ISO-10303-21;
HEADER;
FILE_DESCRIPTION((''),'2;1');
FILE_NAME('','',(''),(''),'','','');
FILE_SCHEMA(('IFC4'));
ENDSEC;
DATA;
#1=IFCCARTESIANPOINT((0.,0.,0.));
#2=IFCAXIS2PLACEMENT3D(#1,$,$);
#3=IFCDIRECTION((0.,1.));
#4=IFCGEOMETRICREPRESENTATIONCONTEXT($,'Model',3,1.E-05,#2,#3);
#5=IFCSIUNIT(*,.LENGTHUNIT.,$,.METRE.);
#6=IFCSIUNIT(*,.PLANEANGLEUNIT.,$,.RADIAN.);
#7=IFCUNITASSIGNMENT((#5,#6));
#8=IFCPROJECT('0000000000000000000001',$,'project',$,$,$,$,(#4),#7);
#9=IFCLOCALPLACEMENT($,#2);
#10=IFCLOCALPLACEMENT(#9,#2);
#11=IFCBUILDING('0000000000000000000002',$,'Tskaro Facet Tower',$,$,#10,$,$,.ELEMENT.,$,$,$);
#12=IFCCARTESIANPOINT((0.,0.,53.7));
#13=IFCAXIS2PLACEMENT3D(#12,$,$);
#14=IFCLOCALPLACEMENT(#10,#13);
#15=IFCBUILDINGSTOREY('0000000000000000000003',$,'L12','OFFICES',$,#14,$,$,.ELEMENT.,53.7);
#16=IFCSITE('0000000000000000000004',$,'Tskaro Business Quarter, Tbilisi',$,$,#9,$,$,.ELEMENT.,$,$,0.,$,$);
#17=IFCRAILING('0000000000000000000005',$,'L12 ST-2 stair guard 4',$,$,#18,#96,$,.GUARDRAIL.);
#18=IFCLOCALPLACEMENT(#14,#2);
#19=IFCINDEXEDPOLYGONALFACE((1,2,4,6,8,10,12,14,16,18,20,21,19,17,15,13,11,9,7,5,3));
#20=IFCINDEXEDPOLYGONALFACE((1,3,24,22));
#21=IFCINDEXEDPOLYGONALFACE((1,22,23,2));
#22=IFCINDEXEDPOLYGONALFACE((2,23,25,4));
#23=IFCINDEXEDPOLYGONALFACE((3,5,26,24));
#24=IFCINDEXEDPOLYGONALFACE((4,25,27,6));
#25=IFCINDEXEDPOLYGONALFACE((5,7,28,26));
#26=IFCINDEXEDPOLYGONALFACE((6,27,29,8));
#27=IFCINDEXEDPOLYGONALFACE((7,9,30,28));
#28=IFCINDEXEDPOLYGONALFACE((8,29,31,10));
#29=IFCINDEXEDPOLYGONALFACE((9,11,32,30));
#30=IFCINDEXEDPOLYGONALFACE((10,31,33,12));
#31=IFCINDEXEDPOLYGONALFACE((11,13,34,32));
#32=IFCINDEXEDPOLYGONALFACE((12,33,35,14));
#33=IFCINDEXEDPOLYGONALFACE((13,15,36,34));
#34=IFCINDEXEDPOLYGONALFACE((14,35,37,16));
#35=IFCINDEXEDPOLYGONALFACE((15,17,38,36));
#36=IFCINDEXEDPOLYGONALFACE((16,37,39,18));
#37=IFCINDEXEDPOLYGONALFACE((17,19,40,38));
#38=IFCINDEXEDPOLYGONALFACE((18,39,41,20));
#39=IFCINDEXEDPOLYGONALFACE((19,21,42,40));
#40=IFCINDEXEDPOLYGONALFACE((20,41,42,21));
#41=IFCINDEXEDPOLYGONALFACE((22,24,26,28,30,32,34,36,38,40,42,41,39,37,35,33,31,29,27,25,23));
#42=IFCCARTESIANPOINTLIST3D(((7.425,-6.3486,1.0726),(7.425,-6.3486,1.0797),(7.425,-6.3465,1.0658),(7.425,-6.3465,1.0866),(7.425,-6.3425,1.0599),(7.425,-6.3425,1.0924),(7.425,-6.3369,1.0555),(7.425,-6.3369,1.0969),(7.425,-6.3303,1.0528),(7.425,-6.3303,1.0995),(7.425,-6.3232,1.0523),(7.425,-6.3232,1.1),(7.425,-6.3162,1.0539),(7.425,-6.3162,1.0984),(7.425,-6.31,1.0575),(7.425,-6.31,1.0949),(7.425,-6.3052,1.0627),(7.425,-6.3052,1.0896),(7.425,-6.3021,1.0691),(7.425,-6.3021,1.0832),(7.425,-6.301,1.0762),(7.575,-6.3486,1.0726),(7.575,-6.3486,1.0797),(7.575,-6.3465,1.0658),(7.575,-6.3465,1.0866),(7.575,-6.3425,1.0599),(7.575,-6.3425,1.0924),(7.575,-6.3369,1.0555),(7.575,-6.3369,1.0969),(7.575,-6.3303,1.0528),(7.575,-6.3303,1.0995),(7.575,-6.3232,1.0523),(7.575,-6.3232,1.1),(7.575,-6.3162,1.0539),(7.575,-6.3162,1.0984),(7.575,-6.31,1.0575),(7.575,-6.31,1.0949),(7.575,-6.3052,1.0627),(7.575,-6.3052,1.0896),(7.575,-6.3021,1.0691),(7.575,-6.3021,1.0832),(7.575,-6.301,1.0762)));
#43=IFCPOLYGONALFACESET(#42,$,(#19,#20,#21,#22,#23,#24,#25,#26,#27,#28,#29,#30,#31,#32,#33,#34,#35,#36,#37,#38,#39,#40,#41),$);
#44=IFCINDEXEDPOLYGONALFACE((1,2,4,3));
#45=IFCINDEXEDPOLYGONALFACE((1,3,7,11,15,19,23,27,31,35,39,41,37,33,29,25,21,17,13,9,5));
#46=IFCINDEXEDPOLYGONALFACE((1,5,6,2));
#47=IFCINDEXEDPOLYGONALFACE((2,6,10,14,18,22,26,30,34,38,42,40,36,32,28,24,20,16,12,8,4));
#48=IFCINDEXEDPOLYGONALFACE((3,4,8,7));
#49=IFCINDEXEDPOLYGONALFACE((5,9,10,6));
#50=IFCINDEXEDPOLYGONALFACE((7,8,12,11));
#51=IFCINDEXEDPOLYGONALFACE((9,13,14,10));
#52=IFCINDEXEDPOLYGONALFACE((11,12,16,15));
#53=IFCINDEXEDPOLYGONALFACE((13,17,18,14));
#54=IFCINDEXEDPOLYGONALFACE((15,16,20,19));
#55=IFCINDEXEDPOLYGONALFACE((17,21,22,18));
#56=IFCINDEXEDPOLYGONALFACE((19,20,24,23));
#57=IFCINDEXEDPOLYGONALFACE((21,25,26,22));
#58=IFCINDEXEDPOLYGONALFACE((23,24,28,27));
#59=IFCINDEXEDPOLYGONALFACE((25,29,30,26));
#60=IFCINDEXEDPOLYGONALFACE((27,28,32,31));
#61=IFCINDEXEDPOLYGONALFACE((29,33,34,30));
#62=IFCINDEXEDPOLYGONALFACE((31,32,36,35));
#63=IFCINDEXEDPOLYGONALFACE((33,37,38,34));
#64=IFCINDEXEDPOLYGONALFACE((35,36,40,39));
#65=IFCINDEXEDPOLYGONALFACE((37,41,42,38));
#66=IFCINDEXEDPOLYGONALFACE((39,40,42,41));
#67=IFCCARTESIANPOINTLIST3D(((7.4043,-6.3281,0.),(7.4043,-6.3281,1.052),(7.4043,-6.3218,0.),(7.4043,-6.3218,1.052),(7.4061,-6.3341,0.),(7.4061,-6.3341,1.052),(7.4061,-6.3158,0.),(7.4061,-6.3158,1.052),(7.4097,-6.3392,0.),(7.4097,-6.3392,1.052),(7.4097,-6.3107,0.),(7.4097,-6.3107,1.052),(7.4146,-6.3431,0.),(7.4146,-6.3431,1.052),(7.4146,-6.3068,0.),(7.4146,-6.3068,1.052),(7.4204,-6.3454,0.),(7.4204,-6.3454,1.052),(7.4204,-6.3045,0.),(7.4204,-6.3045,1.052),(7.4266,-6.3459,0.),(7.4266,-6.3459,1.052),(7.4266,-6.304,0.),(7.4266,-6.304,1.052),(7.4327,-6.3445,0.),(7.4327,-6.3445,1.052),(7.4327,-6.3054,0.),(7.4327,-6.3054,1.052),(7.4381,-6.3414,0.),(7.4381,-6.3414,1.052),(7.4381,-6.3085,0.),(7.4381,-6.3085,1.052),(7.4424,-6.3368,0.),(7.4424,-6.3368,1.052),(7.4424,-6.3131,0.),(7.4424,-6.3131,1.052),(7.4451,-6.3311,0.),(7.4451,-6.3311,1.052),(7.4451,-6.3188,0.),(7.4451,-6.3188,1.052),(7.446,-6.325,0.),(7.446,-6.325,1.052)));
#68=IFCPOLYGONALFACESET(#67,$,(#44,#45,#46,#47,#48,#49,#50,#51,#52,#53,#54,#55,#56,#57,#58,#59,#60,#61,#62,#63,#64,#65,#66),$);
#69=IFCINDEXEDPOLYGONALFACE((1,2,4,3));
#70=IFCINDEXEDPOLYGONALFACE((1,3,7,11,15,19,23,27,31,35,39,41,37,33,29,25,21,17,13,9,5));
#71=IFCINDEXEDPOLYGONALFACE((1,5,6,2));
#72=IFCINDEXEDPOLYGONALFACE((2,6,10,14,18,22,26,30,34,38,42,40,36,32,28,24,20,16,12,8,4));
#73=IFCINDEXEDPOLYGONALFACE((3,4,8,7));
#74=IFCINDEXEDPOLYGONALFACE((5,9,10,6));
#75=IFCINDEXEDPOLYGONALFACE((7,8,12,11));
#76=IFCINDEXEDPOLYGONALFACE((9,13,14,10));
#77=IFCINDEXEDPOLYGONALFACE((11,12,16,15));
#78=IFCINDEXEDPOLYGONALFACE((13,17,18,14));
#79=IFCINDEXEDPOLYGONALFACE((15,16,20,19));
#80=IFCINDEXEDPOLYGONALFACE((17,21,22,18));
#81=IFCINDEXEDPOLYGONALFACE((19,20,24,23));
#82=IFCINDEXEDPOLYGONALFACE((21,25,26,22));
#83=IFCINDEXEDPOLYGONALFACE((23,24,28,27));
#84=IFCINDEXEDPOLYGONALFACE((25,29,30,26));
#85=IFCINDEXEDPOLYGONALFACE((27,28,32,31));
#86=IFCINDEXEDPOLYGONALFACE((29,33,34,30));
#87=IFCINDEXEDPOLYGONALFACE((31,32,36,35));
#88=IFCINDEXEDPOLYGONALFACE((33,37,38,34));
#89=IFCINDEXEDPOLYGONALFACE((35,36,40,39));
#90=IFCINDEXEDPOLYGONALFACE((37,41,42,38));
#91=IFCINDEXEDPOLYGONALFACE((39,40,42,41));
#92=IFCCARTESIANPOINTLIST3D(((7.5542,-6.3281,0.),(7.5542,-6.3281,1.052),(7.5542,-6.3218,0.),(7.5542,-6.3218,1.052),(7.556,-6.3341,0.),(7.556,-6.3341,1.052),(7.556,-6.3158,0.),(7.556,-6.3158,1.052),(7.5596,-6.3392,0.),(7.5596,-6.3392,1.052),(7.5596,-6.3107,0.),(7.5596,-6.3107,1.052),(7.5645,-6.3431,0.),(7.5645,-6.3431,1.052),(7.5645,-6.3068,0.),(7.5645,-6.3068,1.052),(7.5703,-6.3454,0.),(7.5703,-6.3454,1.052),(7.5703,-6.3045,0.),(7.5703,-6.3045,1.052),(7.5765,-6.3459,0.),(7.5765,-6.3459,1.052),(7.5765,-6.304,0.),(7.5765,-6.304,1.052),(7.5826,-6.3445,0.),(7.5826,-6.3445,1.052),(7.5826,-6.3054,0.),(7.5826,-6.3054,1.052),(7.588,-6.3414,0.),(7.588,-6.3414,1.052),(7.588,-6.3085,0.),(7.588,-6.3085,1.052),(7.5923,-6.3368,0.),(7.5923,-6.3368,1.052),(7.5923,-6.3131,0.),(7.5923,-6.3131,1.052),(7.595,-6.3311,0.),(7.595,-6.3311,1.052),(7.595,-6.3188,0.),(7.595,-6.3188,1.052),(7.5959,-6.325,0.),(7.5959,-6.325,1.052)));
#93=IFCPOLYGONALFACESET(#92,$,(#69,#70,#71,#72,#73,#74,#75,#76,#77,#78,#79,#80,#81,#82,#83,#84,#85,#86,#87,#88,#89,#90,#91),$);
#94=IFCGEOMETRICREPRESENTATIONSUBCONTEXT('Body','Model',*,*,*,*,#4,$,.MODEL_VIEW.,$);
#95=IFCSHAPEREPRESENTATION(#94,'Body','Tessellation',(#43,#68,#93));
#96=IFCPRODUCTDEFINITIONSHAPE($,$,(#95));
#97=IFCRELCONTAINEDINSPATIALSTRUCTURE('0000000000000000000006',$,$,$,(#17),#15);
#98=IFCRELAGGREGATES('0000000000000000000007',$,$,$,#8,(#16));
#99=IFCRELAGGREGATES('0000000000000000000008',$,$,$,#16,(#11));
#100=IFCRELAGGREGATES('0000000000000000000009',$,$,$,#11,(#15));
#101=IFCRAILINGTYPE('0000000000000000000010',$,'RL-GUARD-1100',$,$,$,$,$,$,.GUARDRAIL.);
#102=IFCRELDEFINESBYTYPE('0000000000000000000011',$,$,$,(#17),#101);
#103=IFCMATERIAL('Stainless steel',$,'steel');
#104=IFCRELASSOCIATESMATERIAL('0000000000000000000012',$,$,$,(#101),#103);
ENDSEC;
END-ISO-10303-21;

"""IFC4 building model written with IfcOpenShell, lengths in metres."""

from ifc_helpers import new_model, si_unit, direction, frame, origin, origin_2d, place, context, subcontext, project, spatial, circle, extrude, material, type_object, element, save


model = new_model("IFC4")

# Units and contexts
model_context = context("Model", 3, precision=1e-05, world=origin(), true_north=direction((0.0, 1.0)))
body_context = subcontext(model_context, "Body", "Model", "MODEL_VIEW")
ifc_project = project(units=[si_unit("LENGTHUNIT", "METRE"), si_unit("PLANEANGLEUNIT", "RADIAN")], contexts=[model_context])

# Site, building, storey
site_placement = place(None, origin())
site = spatial("IfcSite", under=ifc_project, at=site_placement, Name="Tskaro Business Quarter, Tbilisi", CompositionType="ELEMENT", RefElevation=0.0)
building_placement = place(site_placement, origin())
building = spatial("IfcBuilding", under=site, at=building_placement, Name="Tskaro Facet Tower", CompositionType="ELEMENT")
storey_placement = place(building_placement, frame((0.0, 0.0, 53.7)))
storey = spatial("IfcBuildingStorey", under=building, at=storey_placement, Name="L12", Description="OFFICES", CompositionType="ELEMENT", Elevation=53.7)

# Shared definitions
ifc_material_1 = material(Name="Stainless steel", Category="steel")

# Railing
railing_type_1 = type_object("IfcRailingType", Name="RL-GUARD-1100", PredefinedType="GUARDRAIL", material=ifc_material_1)
railing_1_placement = place(storey_placement, frame((7.425, -6.325, 0.0)))
element("IfcRailing", 1, at=railing_1_placement, inside=storey, type_object=railing_type_1, Name="L12 ST-2 stair guard 4", PredefinedType="GUARDRAIL", context=body_context, shape_type="SweptSolid", body=[
    extrude(circle(Radius=0.0239, at=origin_2d()), frame((0.0, 0.0, 1.0762), z_axis=(1.0, 0.0, 0.0), x_axis=(0.0, 1.0, 0.0)), (0.0, 0.0, 1.0), 0.1499),
    extrude(circle(Radius=0.021, at=origin_2d()), origin(), (0.0, 0.0, 1.0), 1.052),
    extrude(circle(Radius=0.021, at=origin_2d()), frame((0.1499, 0.0, 0.0)), (0.0, 0.0, 1.0), 1.052),
])

save(model, "model.ifc")
